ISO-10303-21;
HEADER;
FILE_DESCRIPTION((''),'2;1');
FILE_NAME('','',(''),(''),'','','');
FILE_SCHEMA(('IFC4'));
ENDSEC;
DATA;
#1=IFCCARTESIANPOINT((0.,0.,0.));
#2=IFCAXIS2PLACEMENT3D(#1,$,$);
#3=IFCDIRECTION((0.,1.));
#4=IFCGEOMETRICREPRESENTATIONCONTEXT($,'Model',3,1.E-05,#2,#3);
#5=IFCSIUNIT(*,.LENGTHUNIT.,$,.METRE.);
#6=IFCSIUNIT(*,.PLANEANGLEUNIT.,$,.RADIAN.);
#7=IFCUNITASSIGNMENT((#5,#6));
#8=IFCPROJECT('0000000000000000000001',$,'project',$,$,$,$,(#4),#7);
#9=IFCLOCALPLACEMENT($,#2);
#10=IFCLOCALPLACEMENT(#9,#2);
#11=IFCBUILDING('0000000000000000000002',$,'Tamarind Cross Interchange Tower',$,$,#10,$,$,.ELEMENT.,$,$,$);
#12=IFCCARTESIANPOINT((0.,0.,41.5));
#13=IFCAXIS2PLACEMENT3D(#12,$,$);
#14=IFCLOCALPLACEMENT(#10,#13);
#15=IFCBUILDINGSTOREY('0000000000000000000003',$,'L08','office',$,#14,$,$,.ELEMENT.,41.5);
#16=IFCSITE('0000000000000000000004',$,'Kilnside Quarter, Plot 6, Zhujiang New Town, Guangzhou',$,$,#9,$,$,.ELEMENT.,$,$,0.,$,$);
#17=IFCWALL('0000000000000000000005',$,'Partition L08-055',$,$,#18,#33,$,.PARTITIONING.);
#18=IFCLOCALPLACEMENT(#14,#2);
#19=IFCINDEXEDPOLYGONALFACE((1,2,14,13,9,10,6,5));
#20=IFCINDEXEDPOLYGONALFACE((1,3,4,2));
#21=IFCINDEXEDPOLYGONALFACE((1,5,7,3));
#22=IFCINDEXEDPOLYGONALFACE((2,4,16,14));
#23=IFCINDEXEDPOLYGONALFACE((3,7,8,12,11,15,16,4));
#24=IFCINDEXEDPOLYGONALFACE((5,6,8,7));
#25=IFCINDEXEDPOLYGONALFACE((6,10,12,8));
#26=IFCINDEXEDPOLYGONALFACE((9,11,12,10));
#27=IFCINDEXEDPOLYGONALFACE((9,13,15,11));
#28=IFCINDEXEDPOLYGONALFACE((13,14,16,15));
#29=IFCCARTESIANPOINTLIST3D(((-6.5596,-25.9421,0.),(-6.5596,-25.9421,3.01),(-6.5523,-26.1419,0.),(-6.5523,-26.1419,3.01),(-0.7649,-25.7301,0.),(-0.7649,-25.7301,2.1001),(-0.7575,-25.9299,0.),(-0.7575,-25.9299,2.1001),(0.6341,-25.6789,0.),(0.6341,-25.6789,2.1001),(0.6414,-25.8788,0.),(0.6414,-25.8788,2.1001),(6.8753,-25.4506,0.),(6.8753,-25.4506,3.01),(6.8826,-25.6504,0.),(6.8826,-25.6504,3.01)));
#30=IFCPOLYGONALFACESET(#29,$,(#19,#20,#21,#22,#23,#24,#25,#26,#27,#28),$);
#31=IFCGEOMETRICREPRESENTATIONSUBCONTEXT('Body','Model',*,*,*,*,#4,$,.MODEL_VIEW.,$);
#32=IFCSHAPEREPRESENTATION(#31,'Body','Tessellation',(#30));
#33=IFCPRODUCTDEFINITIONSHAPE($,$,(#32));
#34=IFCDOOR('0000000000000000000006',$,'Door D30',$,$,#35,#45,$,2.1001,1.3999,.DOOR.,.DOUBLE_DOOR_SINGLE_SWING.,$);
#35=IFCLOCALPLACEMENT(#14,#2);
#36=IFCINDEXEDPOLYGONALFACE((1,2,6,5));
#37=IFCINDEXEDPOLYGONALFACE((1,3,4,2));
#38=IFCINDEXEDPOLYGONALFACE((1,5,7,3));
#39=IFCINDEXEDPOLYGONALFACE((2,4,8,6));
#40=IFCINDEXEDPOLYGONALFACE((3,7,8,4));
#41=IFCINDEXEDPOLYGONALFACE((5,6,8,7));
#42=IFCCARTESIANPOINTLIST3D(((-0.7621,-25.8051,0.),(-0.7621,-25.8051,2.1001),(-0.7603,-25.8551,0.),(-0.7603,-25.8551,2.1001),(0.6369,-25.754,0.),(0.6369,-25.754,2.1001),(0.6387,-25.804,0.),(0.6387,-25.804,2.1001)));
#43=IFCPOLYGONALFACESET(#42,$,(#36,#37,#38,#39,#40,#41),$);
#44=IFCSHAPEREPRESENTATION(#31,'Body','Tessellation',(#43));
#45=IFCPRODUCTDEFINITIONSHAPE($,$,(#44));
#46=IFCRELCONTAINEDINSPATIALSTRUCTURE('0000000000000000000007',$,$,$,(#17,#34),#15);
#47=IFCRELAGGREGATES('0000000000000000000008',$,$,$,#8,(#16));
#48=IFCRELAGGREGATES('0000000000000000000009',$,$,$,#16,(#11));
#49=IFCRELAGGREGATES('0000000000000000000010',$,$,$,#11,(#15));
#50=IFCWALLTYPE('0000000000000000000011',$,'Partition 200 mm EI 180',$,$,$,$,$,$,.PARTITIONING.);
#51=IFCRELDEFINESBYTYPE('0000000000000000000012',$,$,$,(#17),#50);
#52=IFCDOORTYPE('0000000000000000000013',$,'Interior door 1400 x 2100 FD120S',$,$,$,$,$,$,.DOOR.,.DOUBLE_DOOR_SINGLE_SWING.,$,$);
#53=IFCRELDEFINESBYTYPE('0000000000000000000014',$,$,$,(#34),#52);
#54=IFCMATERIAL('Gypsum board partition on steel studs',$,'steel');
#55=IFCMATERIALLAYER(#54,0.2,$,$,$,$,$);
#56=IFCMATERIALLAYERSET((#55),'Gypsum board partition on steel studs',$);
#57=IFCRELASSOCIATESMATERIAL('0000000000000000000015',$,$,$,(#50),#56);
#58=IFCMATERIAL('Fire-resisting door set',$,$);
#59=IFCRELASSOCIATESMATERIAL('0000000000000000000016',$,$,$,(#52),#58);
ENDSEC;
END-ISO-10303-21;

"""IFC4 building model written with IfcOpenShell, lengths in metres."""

from ifc_helpers import new_model, si_unit, direction, frame, frame_2d, origin, place, context, subcontext, project, spatial, rectangle, extrude, material, layer, layer_set, type_object, element, fill, save


model = new_model("IFC4")

# Units and contexts
model_context = context("Model", 3, precision=1e-05, world=origin(), true_north=direction((0.0, 1.0)))
body_context = subcontext(model_context, "Body", "Model", "MODEL_VIEW")
ifc_project = project(units=[si_unit("LENGTHUNIT", "METRE"), si_unit("PLANEANGLEUNIT", "RADIAN")], contexts=[model_context])

# Site, building, storey
site_placement = place(None, origin())
site = spatial("IfcSite", under=ifc_project, at=site_placement, Name="Kilnside Quarter, Plot 6, Zhujiang New Town, Guangzhou", CompositionType="ELEMENT", RefElevation=0.0)
building_placement = place(site_placement, origin())
building = spatial("IfcBuilding", under=site, at=building_placement, Name="Tamarind Cross Interchange Tower", CompositionType="ELEMENT")
storey_placement = place(building_placement, frame((0.0, 0.0, 41.5)))
storey = spatial("IfcBuildingStorey", under=building, at=storey_placement, Name="L08", Description="office", CompositionType="ELEMENT", Elevation=41.5)

# Shared definitions
ifc_material_1 = material(Name="Gypsum board partition on steel studs", Category="steel")

# Wall, opening, door
ifc_material_2 = material(Name="Fire-resisting door set")
ifc_layer_1 = layer(ifc_material_1, 0.2)
ifc_layer_set_1 = layer_set([ifc_layer_1], Name="Gypsum board partition on steel studs")
wall_type_1 = type_object("IfcWallType", Name="Partition 200 mm EI 180", PredefinedType="PARTITIONING", material=ifc_layer_set_1)
wall_1_placement = place(storey_placement, frame((-6.5559, -26.042, 0.0), z_axis=(0.0, 0.0, 1.0), x_axis=(0.999332, 0.036556, 0.0)))
wall_1 = element("IfcWall", 1, at=wall_1_placement, inside=storey, type_object=wall_type_1, Name="Partition L08-055", PredefinedType="PARTITIONING", context=body_context, shape_type="SweptSolid", body=[
    extrude(rectangle(XDim=13.4438, YDim=0.2, at=frame_2d((6.7219, 0.0))), origin(), (0.0, 0.0, 1.0), 3.01),
])
opening_1_placement = place(wall_1_placement, frame((5.7986, 0.0, 0.0)))
opening_1 = element("IfcOpeningElement", 2, at=opening_1_placement, cuts=wall_1, PredefinedType="OPENING", context=body_context, shape_type="SweptSolid", body=[
    extrude(rectangle(XDim=1.3999, YDim=2.1001, at=frame_2d((0.7, 1.05))), frame((0.0, 0.1099, 0.0), z_axis=(0.0, -1.0, 0.0), x_axis=(1.0, 0.0, 0.0)), (0.0, 0.0, 1.0), 0.22),
])
door_type_1 = type_object("IfcDoorType", Name="Interior door 1400 x 2100 FD120S", OperationType="DOUBLE_DOOR_SINGLE_SWING", PredefinedType="DOOR", material=ifc_material_2)
door_1_placement = place(opening_1_placement, origin())
door_1 = element("IfcDoor", 3, at=door_1_placement, inside=storey, type_object=door_type_1, Name="Door D30", OperationType="DOUBLE_DOOR_SINGLE_SWING", OverallHeight=2.1001, OverallWidth=1.3999, PredefinedType="DOOR", context=body_context, shape_type="SweptSolid", body=[
    extrude(rectangle(XDim=1.3999, YDim=2.1001, at=frame_2d((0.7, 1.05))), frame((0.0, 0.0249, 0.0), z_axis=(0.0, -1.0, 0.0), x_axis=(1.0, 0.0, 0.0)), (0.0, 0.0, 1.0), 0.05),
])
fill(opening_1, door_1)

save(model, "model.ifc")
